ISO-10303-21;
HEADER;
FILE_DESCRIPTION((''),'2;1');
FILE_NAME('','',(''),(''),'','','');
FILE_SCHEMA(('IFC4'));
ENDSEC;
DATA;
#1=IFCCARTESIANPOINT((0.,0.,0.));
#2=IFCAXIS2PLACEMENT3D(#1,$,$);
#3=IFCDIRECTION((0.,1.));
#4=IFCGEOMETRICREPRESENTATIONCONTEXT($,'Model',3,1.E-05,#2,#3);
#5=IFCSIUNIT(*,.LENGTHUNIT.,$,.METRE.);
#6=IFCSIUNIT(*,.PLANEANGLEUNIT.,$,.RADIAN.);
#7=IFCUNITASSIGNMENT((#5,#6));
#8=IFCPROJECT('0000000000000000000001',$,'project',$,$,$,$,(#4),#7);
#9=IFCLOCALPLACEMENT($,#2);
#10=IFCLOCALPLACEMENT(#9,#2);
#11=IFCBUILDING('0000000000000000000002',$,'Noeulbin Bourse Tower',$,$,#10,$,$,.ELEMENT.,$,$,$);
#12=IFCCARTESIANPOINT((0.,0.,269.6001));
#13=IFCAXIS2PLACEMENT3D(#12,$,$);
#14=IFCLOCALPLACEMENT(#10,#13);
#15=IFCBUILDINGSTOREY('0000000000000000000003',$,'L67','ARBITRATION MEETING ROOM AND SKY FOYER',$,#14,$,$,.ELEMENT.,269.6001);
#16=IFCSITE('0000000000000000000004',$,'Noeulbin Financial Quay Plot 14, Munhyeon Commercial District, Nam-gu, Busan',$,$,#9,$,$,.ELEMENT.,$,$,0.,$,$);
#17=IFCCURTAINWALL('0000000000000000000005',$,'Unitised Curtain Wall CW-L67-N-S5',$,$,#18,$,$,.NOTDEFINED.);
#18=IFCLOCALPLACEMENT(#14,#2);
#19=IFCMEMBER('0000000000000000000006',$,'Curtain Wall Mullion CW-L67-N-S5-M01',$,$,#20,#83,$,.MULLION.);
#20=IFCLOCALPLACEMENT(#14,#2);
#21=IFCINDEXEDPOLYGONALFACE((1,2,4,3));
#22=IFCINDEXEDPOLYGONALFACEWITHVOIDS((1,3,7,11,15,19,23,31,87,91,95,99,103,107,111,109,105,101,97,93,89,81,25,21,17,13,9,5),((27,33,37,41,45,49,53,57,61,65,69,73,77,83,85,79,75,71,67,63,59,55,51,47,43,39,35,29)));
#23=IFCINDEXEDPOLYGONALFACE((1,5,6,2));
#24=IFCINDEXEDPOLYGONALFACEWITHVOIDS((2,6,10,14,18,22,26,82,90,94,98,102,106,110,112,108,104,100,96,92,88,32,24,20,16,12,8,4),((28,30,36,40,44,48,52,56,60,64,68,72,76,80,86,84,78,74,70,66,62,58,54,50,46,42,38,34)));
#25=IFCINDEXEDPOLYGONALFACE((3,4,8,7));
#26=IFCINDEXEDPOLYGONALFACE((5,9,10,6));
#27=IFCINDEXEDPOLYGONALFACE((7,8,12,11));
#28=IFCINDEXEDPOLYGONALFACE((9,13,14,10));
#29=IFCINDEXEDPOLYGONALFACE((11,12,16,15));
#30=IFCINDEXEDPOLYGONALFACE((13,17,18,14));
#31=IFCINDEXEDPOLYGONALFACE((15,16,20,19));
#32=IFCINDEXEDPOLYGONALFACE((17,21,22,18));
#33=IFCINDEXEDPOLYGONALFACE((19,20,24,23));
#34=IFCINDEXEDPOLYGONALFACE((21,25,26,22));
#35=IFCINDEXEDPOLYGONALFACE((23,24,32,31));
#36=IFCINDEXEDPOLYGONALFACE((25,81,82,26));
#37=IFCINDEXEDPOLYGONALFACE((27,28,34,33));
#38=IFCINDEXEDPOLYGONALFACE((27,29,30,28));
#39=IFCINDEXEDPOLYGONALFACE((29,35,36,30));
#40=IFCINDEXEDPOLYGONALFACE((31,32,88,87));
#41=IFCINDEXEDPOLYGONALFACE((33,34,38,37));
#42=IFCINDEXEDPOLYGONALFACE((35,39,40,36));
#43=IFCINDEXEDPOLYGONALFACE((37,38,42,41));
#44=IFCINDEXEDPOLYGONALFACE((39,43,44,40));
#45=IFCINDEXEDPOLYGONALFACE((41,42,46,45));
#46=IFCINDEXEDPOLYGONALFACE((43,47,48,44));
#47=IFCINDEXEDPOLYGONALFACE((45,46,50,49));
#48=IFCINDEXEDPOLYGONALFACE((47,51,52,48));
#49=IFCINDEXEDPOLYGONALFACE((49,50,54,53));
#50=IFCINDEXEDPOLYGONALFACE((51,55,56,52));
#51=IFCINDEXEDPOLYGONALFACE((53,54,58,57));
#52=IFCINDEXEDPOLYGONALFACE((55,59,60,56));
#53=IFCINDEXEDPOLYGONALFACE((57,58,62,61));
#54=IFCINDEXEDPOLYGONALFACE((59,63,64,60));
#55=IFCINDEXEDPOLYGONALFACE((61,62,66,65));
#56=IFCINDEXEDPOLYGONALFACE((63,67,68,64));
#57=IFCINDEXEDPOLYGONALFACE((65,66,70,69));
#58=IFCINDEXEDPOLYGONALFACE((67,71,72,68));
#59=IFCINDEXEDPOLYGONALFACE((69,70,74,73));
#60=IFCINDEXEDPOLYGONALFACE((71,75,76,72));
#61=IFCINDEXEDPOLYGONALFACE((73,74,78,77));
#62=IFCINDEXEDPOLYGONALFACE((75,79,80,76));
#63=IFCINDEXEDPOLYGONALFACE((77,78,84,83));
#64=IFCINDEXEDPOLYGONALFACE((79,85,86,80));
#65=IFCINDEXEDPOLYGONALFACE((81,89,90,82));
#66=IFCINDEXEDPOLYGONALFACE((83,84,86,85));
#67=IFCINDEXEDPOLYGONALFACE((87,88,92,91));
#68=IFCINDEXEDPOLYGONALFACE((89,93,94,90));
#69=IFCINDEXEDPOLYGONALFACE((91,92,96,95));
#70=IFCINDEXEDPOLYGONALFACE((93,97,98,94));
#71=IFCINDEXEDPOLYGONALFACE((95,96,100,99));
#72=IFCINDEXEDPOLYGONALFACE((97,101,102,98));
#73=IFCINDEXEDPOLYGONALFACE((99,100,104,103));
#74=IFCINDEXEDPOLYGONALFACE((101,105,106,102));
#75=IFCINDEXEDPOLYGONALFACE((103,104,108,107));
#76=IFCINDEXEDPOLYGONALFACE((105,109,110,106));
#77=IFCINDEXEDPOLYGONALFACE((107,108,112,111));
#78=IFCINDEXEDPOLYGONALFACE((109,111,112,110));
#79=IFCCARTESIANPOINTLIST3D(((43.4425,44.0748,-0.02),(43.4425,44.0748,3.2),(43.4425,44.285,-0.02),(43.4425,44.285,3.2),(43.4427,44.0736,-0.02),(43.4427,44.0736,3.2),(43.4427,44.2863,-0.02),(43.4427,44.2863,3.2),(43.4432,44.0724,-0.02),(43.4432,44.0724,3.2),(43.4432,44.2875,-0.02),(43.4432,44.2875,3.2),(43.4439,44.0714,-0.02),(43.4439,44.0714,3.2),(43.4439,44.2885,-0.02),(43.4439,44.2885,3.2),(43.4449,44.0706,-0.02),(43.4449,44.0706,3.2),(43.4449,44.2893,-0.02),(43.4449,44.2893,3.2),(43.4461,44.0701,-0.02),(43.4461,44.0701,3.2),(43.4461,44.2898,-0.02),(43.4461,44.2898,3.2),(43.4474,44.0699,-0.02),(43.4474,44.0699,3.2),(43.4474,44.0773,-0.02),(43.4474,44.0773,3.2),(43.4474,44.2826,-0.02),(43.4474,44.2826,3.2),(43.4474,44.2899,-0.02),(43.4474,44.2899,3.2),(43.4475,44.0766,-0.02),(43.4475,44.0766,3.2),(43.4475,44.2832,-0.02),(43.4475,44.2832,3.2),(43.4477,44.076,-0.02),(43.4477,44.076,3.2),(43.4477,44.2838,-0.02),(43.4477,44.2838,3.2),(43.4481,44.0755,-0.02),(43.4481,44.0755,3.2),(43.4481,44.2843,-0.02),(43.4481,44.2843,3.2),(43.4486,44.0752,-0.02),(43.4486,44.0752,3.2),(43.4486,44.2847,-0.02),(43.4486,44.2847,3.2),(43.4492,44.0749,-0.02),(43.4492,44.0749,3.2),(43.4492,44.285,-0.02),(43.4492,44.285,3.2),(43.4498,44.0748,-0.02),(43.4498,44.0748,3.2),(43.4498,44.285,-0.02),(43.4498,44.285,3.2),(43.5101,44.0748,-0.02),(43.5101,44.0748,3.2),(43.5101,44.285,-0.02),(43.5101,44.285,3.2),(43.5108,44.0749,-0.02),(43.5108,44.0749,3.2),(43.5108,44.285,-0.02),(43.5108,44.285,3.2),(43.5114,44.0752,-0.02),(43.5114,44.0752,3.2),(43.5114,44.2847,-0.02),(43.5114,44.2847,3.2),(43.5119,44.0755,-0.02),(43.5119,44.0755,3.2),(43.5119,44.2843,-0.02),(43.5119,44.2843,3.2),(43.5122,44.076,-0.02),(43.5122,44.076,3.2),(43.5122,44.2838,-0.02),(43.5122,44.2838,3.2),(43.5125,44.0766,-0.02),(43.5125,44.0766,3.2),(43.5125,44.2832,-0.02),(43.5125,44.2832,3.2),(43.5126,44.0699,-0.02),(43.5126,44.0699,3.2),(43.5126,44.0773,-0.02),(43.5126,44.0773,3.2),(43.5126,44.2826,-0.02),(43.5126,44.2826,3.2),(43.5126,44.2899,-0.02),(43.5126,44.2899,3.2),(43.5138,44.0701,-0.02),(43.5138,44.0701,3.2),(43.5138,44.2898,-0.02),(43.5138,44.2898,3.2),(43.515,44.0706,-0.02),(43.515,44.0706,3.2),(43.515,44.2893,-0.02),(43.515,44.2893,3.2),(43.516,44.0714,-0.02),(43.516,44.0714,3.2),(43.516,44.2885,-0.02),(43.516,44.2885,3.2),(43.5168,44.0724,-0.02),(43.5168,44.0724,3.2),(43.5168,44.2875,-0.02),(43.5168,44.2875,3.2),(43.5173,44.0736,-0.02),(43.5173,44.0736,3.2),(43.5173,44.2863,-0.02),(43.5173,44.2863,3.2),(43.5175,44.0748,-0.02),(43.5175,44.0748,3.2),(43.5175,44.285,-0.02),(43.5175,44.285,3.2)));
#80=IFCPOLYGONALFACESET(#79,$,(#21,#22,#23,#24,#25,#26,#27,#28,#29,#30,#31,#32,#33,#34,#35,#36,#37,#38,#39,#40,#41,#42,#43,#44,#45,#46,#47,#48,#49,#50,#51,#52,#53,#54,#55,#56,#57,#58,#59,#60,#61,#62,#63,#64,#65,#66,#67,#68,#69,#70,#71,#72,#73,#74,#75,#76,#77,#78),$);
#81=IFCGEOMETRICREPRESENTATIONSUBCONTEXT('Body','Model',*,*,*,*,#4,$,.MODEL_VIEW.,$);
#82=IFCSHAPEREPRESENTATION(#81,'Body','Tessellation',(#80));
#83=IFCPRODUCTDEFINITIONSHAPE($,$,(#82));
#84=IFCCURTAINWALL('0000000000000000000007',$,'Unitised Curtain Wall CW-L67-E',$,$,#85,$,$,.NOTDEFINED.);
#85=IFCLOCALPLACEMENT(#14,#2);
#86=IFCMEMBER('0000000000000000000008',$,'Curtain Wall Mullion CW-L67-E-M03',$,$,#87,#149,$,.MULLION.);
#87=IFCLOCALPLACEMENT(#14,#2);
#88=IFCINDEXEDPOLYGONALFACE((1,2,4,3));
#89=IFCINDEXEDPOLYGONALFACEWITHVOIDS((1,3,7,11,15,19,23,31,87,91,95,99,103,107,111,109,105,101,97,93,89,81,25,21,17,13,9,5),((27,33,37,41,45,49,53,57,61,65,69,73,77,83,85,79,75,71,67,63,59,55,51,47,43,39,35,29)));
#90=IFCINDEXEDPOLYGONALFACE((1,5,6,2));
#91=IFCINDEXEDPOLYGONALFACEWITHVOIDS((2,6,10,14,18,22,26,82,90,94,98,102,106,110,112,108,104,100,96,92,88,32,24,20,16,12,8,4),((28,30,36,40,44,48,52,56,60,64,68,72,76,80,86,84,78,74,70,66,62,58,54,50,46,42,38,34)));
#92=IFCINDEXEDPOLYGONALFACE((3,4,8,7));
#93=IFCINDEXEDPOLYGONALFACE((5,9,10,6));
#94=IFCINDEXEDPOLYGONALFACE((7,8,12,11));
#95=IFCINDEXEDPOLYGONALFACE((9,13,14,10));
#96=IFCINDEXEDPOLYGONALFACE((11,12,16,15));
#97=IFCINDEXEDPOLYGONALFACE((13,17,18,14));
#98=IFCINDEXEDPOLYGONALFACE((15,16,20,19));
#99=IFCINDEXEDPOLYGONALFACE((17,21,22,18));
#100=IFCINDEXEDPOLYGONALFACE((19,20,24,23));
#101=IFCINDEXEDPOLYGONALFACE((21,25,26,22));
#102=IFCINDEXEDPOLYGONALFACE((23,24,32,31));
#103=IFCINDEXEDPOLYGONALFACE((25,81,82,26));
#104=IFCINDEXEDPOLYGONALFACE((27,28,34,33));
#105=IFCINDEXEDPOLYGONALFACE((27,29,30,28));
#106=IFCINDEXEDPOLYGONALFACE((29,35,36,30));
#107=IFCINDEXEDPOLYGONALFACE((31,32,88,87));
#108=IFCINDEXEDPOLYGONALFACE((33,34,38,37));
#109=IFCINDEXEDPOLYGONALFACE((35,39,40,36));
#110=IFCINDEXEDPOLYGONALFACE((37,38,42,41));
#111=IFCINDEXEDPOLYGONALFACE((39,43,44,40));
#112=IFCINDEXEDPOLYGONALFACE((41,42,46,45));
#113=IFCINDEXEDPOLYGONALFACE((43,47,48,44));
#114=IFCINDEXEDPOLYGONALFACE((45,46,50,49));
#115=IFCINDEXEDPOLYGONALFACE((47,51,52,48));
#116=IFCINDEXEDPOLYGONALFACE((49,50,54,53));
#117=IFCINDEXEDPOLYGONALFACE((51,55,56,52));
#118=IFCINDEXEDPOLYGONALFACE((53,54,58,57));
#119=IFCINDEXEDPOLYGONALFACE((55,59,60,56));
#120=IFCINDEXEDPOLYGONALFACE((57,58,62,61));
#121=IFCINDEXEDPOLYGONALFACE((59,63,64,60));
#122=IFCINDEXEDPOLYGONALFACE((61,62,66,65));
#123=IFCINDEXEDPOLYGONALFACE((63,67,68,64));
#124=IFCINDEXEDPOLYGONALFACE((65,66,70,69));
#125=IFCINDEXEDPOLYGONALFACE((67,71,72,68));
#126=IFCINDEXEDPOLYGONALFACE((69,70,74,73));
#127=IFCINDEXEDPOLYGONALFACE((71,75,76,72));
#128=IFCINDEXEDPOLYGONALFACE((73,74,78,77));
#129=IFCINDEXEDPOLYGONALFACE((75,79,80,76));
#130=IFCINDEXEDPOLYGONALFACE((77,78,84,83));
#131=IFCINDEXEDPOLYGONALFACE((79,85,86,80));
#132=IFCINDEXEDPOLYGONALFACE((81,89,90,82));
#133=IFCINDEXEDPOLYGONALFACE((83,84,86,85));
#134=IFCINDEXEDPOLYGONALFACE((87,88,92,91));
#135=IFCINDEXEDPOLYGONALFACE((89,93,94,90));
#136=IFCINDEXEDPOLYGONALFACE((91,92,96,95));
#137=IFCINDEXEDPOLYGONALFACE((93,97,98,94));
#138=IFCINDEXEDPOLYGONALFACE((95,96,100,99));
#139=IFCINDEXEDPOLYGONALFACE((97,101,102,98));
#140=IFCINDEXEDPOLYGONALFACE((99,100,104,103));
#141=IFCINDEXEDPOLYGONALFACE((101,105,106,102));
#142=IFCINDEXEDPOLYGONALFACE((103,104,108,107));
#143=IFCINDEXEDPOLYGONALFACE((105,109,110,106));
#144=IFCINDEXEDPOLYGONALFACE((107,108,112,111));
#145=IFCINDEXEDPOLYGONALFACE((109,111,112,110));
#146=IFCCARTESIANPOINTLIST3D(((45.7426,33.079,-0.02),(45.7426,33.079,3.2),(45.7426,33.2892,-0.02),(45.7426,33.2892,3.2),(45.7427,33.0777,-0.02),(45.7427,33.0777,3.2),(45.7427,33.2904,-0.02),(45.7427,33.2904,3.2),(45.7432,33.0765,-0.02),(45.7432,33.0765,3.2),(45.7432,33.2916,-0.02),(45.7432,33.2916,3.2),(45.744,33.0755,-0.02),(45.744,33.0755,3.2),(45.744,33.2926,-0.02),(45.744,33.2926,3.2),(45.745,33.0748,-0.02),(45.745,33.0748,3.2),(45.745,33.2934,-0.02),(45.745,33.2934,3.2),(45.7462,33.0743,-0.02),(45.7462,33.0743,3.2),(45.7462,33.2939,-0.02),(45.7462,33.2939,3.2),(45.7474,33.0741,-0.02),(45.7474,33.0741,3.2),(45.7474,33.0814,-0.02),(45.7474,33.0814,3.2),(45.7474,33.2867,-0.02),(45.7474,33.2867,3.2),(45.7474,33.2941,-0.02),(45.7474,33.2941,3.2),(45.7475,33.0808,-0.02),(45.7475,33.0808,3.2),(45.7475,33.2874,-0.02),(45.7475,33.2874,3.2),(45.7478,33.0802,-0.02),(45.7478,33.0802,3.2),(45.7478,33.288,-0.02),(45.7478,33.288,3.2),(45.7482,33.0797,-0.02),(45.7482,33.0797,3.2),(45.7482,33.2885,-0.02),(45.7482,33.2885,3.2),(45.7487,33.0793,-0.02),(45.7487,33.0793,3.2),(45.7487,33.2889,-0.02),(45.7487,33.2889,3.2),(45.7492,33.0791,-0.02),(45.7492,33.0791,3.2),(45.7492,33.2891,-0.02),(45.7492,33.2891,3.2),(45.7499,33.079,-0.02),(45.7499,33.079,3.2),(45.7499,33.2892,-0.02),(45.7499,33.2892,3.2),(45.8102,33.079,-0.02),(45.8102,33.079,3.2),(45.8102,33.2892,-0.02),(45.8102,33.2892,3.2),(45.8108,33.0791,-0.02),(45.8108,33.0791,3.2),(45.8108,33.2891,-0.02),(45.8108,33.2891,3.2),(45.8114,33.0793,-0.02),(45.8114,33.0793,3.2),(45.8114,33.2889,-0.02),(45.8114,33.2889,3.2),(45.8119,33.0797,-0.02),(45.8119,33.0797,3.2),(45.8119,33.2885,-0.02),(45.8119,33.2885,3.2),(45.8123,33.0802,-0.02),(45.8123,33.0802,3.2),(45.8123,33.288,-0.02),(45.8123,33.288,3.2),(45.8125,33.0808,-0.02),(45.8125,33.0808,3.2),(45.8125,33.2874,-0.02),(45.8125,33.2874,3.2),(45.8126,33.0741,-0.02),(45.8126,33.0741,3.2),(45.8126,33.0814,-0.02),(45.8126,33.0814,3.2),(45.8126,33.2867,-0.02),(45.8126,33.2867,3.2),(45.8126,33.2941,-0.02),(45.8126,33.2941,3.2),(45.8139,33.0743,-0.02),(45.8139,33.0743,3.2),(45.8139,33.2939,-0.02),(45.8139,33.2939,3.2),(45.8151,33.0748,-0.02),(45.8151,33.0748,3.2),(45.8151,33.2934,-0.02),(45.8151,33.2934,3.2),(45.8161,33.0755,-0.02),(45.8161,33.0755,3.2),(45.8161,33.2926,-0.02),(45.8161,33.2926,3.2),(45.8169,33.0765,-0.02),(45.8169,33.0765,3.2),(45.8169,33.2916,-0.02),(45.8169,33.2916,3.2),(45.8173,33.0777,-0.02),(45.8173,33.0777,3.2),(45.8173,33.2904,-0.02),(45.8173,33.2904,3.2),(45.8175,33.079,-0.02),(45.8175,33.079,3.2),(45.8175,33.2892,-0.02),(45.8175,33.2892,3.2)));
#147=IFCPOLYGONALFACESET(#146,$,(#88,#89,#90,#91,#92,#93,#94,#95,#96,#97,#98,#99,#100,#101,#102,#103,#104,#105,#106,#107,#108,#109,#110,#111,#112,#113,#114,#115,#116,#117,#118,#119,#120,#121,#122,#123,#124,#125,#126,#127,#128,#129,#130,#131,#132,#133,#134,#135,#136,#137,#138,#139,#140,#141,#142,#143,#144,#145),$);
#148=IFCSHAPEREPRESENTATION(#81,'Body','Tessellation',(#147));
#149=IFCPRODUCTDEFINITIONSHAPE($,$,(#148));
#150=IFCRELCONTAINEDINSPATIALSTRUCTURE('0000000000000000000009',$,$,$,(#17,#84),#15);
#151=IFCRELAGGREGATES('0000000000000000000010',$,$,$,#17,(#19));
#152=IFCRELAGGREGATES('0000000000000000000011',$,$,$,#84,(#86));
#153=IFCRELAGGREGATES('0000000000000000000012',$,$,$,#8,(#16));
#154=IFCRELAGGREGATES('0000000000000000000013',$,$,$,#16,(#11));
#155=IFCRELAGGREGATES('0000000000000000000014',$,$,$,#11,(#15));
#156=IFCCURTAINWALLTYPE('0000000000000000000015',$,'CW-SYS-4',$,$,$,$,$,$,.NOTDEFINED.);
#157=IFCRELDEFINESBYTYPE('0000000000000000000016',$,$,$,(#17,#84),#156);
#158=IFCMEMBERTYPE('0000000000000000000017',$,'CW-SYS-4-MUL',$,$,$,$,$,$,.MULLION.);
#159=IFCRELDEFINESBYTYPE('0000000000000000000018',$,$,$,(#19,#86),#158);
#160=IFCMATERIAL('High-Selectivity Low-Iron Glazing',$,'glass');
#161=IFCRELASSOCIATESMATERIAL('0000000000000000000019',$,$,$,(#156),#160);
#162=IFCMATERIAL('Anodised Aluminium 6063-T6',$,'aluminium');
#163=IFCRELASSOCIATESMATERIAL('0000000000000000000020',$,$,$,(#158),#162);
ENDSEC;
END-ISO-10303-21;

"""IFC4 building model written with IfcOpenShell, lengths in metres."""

from ifc_helpers import new_model, si_unit, direction, frame, origin, origin_2d, place, context, subcontext, project, spatial, hollow_rectangle, extrude, material, material_profile, profile_set, type_object, element, aggregate, save


model = new_model("IFC4")

# Units and contexts
model_context = context("Model", 3, precision=1e-05, world=origin(), true_north=direction((0.0, 1.0)))
body_context = subcontext(model_context, "Body", "Model", "MODEL_VIEW")
ifc_project = project(units=[si_unit("LENGTHUNIT", "METRE"), si_unit("PLANEANGLEUNIT", "RADIAN")], contexts=[model_context])

# Site, building, storey
site_placement = place(None, origin())
site = spatial("IfcSite", under=ifc_project, at=site_placement, Name="Noeulbin Financial Quay Plot 14, Munhyeon Commercial District, Nam-gu, Busan", CompositionType="ELEMENT", RefElevation=0.0)
building_placement = place(site_placement, origin())
building = spatial("IfcBuilding", under=site, at=building_placement, Name="Noeulbin Bourse Tower", CompositionType="ELEMENT")
storey_placement = place(building_placement, frame((0.0, 0.0, 269.6001)))
storey = spatial("IfcBuildingStorey", under=building, at=storey_placement, Name="L67", Description="ARBITRATION MEETING ROOM AND SKY FOYER", CompositionType="ELEMENT", Elevation=269.6001)

# Shared definitions
ifc_material_1 = material(Name="High-Selectivity Low-Iron Glazing", Category="glass")
curtain_wall_type = type_object("IfcCurtainWallType", Name="CW-SYS-4", PredefinedType="NOTDEFINED", material=ifc_material_1)
ifc_material_2 = material(Name="Anodised Aluminium 6063-T6", Category="aluminium")
ifc_material_profile_1 = material_profile(ifc_material_2, hollow_rectangle(XDim=0.075, YDim=0.22, WallThickness=0.0049, InnerFilletRadius=0.0024, OuterFilletRadius=0.0049, at=origin_2d()), Name="ALU-MULL-75x220x5", Category="LoadBearing")
ifc_profile_set_1 = profile_set([ifc_material_profile_1], Name="Anodised Aluminium 6063-T6")
member_type_1 = type_object("IfcMemberType", Name="CW-SYS-4-MUL", PredefinedType="MULLION", material=ifc_profile_set_1)

# Curtain walls, members
curtain_wall_1_placement = place(storey_placement, origin())
curtain_wall_1 = element("IfcCurtainWall", 1, at=curtain_wall_1_placement, inside=storey, type_object=curtain_wall_type, Name="Unitised Curtain Wall CW-L67-N-S5", PredefinedType="NOTDEFINED")
member_1_placement = place(storey_placement, frame((43.48, 44.1799, -0.02), z_axis=(0.0, 0.0, 1.0), x_axis=(1.0, 0.0, 0.0)))
member_1 = element("IfcMember", 2, at=member_1_placement, type_object=member_type_1, Name="Curtain Wall Mullion CW-L67-N-S5-M01", PredefinedType="MULLION", context=body_context, shape_type="SweptSolid", body=[
    extrude(hollow_rectangle(XDim=0.075, YDim=0.22, WallThickness=0.0049, InnerFilletRadius=0.0024, OuterFilletRadius=0.0049, at=origin_2d()), origin(), (0.0, 0.0, 1.0), 3.22),
])
curtain_wall_2_placement = place(storey_placement, origin())
curtain_wall_2 = element("IfcCurtainWall", 3, at=curtain_wall_2_placement, inside=storey, type_object=curtain_wall_type, Name="Unitised Curtain Wall CW-L67-E", PredefinedType="NOTDEFINED")
member_2_placement = place(storey_placement, frame((45.78, 33.1841, -0.02), z_axis=(0.0, 0.0, 1.0), x_axis=(1.0, 0.0, 0.0)))
member_2 = element("IfcMember", 4, at=member_2_placement, type_object=member_type_1, Name="Curtain Wall Mullion CW-L67-E-M03", PredefinedType="MULLION", context=body_context, shape_type="SweptSolid", body=[
    extrude(hollow_rectangle(XDim=0.075, YDim=0.22, WallThickness=0.0049, InnerFilletRadius=0.0024, OuterFilletRadius=0.0049, at=origin_2d()), origin(), (0.0, 0.0, 1.0), 3.22),
])

aggregate(curtain_wall_1, [member_1])
aggregate(curtain_wall_2, [member_2])

save(model, "model.ifc")
